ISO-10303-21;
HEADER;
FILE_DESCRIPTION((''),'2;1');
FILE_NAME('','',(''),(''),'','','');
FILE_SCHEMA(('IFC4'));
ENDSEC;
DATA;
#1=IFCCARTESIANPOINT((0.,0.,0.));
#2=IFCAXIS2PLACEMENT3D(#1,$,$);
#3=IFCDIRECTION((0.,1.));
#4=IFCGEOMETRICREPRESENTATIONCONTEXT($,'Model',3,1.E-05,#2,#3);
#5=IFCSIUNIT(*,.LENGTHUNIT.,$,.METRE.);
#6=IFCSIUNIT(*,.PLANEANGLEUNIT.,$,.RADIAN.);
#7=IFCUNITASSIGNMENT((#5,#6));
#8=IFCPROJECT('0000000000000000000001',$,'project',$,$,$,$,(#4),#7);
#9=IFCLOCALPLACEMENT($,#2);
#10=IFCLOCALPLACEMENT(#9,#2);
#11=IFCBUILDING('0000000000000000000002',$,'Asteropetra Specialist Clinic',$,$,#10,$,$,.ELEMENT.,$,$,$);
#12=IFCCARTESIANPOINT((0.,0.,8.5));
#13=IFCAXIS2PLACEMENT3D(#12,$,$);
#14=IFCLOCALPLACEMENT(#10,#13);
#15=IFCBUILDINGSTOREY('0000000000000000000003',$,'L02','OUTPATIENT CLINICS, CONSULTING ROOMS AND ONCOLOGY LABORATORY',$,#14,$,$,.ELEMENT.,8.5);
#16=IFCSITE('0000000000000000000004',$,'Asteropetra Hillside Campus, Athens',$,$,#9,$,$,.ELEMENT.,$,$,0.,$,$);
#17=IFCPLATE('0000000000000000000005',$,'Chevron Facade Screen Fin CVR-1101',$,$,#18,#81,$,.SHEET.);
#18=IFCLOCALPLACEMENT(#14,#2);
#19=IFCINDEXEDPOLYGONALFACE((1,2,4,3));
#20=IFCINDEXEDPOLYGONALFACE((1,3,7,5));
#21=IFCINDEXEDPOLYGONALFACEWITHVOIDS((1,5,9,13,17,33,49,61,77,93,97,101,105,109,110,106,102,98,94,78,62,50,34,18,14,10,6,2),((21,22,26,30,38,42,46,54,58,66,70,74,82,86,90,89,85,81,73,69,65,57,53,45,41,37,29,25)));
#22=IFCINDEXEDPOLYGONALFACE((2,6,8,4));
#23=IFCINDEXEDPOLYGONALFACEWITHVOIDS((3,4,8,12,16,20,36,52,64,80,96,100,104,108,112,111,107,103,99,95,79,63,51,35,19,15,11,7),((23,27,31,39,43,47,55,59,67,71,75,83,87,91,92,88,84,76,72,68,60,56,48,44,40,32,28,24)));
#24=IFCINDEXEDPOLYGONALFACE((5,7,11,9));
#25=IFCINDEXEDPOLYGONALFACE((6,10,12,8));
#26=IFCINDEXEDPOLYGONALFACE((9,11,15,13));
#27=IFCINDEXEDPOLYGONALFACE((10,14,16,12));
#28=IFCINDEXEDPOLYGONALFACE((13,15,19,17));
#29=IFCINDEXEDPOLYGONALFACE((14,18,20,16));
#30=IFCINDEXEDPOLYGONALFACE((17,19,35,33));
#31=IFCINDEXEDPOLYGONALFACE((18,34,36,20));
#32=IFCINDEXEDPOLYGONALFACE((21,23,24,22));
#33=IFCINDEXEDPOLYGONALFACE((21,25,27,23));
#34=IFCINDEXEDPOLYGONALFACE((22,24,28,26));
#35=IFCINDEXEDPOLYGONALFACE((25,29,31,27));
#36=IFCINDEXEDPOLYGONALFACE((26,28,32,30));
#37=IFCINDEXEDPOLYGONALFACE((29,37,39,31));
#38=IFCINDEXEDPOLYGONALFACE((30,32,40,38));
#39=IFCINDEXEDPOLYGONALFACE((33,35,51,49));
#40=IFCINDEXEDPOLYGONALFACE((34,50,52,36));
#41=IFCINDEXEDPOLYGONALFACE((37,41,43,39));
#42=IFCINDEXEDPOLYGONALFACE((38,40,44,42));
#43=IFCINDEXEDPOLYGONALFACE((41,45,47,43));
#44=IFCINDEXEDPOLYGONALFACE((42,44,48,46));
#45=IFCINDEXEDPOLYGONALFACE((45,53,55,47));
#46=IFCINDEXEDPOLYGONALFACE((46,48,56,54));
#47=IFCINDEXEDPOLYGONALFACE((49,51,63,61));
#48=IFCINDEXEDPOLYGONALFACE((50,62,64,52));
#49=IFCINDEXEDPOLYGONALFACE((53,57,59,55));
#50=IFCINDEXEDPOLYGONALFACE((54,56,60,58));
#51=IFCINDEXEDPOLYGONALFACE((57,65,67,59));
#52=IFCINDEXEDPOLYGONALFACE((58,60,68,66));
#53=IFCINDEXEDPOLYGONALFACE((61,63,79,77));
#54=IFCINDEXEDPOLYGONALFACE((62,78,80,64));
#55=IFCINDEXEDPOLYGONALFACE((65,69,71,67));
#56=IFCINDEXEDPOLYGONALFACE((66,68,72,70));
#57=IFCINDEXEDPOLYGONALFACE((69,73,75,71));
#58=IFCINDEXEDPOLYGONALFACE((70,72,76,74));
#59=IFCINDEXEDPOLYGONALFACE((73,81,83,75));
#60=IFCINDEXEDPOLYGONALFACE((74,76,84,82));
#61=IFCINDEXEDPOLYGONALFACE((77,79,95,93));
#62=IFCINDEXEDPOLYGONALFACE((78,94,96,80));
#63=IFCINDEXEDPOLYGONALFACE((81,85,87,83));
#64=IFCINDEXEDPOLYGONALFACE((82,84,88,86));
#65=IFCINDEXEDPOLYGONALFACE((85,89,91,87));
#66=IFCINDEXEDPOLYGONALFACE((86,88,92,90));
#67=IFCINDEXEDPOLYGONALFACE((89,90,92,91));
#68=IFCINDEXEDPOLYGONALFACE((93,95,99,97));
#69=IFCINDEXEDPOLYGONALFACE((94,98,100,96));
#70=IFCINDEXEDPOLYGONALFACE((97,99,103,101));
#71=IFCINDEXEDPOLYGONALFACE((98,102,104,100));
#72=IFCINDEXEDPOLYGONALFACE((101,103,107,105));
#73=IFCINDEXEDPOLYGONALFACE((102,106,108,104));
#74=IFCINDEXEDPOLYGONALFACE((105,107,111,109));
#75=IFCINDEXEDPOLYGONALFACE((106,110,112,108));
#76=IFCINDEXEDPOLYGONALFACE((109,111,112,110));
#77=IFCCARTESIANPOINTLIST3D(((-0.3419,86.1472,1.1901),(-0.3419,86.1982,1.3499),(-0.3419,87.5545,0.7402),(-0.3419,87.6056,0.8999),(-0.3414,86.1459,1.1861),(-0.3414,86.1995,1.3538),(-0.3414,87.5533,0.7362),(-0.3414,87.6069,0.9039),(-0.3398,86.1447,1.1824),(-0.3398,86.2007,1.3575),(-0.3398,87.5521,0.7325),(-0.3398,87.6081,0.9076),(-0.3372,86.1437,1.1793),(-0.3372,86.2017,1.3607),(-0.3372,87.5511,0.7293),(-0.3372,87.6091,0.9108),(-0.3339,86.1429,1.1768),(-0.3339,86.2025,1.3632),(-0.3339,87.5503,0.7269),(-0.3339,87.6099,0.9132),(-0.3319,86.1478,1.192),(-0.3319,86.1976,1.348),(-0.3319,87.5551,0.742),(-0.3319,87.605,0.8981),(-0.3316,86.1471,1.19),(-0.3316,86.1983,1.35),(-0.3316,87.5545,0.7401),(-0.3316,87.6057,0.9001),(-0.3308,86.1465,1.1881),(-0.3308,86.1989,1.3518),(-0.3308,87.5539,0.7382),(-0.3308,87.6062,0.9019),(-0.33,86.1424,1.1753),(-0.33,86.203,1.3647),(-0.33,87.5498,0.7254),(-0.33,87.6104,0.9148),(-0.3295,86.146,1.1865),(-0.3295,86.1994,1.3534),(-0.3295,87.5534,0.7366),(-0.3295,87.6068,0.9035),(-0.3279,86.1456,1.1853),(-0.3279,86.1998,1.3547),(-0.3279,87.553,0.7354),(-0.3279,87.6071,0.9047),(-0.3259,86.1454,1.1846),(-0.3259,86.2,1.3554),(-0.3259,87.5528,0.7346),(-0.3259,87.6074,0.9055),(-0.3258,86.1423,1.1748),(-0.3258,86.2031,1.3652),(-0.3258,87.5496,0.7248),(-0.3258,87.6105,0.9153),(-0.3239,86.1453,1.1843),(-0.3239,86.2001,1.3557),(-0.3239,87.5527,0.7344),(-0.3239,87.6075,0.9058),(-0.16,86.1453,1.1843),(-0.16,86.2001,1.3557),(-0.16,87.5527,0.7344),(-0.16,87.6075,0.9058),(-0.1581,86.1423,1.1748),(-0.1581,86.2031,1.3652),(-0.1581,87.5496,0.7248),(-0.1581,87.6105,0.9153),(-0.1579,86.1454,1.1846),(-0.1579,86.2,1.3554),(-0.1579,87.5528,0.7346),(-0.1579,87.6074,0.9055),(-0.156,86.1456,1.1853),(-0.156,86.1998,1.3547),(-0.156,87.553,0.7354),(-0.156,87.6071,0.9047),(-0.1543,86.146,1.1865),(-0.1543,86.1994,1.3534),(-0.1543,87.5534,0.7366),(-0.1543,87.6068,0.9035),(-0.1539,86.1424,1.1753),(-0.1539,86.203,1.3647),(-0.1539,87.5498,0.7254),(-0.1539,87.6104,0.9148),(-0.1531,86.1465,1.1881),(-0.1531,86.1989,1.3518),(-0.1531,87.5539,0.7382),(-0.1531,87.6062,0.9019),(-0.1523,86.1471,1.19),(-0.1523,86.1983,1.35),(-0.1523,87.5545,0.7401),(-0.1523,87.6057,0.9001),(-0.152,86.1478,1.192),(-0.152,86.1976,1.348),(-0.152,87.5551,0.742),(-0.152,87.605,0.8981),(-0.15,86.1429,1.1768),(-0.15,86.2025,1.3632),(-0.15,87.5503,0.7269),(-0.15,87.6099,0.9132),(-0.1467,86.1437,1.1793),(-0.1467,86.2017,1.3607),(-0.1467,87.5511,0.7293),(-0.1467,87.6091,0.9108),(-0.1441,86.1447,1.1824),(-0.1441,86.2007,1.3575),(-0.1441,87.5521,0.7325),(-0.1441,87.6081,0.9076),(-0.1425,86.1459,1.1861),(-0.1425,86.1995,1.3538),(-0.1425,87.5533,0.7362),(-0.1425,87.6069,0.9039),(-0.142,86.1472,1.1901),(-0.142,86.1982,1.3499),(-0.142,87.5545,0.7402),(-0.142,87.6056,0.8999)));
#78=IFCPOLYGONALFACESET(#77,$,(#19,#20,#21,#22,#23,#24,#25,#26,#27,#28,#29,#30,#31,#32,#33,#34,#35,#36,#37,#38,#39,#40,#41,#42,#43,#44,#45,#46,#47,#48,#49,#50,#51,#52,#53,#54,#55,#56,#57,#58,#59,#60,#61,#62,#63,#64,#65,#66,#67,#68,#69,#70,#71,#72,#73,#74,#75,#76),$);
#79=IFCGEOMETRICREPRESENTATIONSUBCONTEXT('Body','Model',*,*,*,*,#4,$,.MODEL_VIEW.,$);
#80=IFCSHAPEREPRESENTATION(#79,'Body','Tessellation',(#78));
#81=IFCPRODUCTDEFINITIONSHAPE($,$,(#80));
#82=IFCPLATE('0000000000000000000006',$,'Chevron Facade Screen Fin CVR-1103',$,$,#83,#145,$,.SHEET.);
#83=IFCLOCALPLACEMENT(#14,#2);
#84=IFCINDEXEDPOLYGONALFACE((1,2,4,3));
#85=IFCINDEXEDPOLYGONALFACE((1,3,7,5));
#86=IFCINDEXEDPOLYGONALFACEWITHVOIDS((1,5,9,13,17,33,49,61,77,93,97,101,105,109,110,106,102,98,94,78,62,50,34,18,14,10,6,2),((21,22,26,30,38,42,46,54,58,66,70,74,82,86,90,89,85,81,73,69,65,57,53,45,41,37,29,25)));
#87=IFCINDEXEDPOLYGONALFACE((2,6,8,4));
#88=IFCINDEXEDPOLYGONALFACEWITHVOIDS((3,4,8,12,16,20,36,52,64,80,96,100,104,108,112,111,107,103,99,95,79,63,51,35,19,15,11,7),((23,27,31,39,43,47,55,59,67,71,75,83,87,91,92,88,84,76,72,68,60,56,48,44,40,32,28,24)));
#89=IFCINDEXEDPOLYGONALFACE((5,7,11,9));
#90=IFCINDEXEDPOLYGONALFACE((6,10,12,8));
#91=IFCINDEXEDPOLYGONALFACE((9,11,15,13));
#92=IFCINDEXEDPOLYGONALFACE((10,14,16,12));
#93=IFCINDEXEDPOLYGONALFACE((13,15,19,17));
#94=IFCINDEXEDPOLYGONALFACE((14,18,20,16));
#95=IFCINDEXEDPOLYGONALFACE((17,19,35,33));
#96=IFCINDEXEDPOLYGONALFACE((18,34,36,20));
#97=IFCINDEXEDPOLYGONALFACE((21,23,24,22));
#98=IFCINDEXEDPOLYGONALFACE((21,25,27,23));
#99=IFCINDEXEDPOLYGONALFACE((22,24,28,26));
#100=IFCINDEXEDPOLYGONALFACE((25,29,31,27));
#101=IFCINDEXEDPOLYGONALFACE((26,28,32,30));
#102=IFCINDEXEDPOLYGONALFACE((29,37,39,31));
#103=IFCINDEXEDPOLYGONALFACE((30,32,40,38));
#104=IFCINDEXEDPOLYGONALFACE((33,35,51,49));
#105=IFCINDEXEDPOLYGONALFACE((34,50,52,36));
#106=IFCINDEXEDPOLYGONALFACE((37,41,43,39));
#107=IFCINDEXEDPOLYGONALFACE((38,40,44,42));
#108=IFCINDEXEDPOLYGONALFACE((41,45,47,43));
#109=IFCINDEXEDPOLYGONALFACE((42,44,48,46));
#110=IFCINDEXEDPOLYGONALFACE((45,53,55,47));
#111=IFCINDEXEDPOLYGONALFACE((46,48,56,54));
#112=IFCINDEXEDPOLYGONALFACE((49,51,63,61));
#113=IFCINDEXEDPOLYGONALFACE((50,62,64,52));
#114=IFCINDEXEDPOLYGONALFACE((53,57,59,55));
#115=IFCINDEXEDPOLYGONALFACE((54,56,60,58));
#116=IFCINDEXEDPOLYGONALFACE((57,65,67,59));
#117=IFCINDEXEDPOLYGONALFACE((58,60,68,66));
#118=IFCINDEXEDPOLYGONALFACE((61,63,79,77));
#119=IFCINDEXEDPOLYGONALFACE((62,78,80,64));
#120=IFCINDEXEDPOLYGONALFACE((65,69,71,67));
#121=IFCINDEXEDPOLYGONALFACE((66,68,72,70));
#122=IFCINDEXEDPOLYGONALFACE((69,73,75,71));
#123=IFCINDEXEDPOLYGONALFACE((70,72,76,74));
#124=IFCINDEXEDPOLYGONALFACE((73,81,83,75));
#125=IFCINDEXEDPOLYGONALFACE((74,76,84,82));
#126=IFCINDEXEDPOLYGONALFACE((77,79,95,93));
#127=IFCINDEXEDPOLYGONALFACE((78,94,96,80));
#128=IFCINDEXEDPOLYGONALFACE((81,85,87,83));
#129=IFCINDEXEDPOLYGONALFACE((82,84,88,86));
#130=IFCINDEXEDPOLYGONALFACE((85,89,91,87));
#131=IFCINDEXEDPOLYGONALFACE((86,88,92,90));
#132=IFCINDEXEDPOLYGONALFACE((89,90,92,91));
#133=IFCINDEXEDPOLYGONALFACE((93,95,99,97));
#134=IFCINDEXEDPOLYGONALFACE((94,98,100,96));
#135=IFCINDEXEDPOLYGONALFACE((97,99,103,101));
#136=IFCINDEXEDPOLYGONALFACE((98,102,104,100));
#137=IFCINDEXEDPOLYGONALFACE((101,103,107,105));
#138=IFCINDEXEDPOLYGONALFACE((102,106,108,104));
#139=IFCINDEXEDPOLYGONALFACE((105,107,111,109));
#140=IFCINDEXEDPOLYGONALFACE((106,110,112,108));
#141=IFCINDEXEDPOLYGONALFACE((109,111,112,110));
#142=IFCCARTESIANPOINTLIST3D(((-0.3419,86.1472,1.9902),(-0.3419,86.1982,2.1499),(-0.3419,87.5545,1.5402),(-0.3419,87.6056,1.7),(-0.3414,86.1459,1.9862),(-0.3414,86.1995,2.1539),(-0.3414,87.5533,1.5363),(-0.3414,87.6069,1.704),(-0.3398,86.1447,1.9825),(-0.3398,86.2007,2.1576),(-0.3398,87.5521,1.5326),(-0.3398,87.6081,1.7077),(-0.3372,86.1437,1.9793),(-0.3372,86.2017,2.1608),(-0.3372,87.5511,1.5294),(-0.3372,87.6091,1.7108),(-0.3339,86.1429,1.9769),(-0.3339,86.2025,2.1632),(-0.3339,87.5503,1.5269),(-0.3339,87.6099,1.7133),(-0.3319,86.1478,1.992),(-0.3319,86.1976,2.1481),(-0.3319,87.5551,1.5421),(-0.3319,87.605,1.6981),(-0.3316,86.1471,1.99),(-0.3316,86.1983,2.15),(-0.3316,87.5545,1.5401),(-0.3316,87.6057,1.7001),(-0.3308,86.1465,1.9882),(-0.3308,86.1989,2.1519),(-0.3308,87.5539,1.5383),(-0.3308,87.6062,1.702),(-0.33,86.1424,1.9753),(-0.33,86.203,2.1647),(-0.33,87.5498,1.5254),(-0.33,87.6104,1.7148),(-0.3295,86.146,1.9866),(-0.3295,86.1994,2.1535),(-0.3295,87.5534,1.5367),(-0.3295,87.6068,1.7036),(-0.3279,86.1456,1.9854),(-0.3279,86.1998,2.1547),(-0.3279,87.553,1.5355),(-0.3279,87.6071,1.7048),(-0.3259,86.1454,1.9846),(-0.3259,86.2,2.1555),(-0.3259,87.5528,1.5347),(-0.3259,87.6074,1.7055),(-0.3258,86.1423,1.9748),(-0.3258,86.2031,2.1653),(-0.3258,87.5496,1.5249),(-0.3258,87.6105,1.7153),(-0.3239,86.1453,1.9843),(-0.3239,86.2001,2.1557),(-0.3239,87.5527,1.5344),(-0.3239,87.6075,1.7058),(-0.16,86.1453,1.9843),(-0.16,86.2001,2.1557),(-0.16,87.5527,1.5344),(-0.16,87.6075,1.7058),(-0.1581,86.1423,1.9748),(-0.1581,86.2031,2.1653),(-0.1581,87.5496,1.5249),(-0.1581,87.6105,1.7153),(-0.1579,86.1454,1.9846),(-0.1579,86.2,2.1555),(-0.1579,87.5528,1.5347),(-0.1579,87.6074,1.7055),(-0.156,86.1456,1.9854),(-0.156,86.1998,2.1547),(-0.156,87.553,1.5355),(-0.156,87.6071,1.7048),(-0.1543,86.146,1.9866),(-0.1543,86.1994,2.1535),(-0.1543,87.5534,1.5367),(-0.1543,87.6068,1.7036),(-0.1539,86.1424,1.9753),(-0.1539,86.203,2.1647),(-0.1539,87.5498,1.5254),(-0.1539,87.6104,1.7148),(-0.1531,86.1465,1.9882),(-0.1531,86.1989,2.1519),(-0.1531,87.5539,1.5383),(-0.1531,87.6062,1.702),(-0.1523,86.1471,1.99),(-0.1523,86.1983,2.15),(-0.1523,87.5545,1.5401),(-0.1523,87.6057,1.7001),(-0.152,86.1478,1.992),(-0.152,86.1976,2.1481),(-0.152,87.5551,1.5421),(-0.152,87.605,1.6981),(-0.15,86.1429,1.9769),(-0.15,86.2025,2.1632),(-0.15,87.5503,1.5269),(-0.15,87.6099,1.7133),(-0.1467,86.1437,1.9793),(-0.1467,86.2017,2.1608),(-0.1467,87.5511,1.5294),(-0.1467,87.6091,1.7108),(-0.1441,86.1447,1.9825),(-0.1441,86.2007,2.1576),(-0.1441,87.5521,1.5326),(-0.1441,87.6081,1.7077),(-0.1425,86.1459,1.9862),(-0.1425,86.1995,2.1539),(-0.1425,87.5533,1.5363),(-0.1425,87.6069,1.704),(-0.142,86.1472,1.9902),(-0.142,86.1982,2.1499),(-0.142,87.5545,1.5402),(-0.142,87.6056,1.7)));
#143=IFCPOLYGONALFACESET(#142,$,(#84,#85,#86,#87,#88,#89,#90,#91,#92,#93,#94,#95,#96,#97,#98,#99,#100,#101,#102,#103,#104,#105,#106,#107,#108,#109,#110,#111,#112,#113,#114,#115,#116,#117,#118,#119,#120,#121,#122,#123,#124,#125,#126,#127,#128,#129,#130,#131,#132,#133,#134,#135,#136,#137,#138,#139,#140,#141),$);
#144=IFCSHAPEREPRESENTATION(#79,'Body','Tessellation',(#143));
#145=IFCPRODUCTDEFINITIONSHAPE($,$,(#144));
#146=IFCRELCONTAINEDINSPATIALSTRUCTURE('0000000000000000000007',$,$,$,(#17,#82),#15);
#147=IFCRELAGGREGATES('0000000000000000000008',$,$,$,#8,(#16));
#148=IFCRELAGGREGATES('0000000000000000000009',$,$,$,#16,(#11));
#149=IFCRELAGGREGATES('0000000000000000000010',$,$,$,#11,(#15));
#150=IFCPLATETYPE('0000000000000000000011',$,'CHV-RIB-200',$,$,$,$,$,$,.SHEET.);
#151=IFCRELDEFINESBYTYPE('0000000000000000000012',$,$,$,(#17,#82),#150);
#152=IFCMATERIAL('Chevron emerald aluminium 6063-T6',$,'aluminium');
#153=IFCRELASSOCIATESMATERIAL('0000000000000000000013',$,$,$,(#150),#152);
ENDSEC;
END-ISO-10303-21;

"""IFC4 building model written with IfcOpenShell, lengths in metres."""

from ifc_helpers import new_model, si_unit, direction, frame, origin, origin_2d, place, context, subcontext, project, spatial, hollow_rectangle, extrude, material, material_profile, profile_set, type_object, element, save


model = new_model("IFC4")

# Units and contexts
model_context = context("Model", 3, precision=1e-05, world=origin(), true_north=direction((0.0, 1.0)))
body_context = subcontext(model_context, "Body", "Model", "MODEL_VIEW")
ifc_project = project(units=[si_unit("LENGTHUNIT", "METRE"), si_unit("PLANEANGLEUNIT", "RADIAN")], contexts=[model_context])

# Site, building, storey
site_placement = place(None, origin())
site = spatial("IfcSite", under=ifc_project, at=site_placement, Name="Asteropetra Hillside Campus, Athens", CompositionType="ELEMENT", RefElevation=0.0)
building_placement = place(site_placement, origin())
building = spatial("IfcBuilding", under=site, at=building_placement, Name="Asteropetra Specialist Clinic", CompositionType="ELEMENT")
storey_placement = place(building_placement, frame((0.0, 0.0, 8.5)))
storey = spatial("IfcBuildingStorey", under=building, at=storey_placement, Name="L02", Description="OUTPATIENT CLINICS, CONSULTING ROOMS AND ONCOLOGY LABORATORY", CompositionType="ELEMENT", Elevation=8.5)

# Plates
ifc_material_1 = material(Name="Chevron emerald aluminium 6063-T6", Category="aluminium")
ifc_material_profile = material_profile(ifc_material_1, hollow_rectangle(XDim=0.2, YDim=0.2, WallThickness=0.01, InnerFilletRadius=0.0081, OuterFilletRadius=0.0161, at=origin_2d()), Name="SHS 200x200x10.0")
ifc_profile_set = profile_set([ifc_material_profile], Name="Chevron emerald aluminium 6063-T6")
plate_type_1 = type_object("IfcPlateType", Name="CHV-RIB-200", PredefinedType="SHEET", material=ifc_profile_set)
for number, where, z_axis, x_axis, name in (
    (1, (-0.2419, 87.5801, 0.8201), (0.0, -0.95251, 0.304506), (1.0, 0.0, 0.0), "Chevron Facade Screen Fin CVR-1101"),
    (2, (-0.2419, 87.5801, 1.6201), (0.0, -0.95251, 0.304506), (1.0, 0.0, 0.0), "Chevron Facade Screen Fin CVR-1103"),
):
    element("IfcPlate", number, at=place(storey_placement, frame(where, z_axis=z_axis, x_axis=x_axis)), inside=storey, type_object=plate_type_1, Name=name, PredefinedType="SHEET", context=body_context, shape_type="SweptSolid", body=[
        extrude(hollow_rectangle(XDim=0.2, YDim=0.2, WallThickness=0.01, InnerFilletRadius=0.0081, OuterFilletRadius=0.0161, at=origin_2d()), origin(), (0.0, 0.0, 1.0), 1.4775),
    ])

save(model, "model.ifc")
